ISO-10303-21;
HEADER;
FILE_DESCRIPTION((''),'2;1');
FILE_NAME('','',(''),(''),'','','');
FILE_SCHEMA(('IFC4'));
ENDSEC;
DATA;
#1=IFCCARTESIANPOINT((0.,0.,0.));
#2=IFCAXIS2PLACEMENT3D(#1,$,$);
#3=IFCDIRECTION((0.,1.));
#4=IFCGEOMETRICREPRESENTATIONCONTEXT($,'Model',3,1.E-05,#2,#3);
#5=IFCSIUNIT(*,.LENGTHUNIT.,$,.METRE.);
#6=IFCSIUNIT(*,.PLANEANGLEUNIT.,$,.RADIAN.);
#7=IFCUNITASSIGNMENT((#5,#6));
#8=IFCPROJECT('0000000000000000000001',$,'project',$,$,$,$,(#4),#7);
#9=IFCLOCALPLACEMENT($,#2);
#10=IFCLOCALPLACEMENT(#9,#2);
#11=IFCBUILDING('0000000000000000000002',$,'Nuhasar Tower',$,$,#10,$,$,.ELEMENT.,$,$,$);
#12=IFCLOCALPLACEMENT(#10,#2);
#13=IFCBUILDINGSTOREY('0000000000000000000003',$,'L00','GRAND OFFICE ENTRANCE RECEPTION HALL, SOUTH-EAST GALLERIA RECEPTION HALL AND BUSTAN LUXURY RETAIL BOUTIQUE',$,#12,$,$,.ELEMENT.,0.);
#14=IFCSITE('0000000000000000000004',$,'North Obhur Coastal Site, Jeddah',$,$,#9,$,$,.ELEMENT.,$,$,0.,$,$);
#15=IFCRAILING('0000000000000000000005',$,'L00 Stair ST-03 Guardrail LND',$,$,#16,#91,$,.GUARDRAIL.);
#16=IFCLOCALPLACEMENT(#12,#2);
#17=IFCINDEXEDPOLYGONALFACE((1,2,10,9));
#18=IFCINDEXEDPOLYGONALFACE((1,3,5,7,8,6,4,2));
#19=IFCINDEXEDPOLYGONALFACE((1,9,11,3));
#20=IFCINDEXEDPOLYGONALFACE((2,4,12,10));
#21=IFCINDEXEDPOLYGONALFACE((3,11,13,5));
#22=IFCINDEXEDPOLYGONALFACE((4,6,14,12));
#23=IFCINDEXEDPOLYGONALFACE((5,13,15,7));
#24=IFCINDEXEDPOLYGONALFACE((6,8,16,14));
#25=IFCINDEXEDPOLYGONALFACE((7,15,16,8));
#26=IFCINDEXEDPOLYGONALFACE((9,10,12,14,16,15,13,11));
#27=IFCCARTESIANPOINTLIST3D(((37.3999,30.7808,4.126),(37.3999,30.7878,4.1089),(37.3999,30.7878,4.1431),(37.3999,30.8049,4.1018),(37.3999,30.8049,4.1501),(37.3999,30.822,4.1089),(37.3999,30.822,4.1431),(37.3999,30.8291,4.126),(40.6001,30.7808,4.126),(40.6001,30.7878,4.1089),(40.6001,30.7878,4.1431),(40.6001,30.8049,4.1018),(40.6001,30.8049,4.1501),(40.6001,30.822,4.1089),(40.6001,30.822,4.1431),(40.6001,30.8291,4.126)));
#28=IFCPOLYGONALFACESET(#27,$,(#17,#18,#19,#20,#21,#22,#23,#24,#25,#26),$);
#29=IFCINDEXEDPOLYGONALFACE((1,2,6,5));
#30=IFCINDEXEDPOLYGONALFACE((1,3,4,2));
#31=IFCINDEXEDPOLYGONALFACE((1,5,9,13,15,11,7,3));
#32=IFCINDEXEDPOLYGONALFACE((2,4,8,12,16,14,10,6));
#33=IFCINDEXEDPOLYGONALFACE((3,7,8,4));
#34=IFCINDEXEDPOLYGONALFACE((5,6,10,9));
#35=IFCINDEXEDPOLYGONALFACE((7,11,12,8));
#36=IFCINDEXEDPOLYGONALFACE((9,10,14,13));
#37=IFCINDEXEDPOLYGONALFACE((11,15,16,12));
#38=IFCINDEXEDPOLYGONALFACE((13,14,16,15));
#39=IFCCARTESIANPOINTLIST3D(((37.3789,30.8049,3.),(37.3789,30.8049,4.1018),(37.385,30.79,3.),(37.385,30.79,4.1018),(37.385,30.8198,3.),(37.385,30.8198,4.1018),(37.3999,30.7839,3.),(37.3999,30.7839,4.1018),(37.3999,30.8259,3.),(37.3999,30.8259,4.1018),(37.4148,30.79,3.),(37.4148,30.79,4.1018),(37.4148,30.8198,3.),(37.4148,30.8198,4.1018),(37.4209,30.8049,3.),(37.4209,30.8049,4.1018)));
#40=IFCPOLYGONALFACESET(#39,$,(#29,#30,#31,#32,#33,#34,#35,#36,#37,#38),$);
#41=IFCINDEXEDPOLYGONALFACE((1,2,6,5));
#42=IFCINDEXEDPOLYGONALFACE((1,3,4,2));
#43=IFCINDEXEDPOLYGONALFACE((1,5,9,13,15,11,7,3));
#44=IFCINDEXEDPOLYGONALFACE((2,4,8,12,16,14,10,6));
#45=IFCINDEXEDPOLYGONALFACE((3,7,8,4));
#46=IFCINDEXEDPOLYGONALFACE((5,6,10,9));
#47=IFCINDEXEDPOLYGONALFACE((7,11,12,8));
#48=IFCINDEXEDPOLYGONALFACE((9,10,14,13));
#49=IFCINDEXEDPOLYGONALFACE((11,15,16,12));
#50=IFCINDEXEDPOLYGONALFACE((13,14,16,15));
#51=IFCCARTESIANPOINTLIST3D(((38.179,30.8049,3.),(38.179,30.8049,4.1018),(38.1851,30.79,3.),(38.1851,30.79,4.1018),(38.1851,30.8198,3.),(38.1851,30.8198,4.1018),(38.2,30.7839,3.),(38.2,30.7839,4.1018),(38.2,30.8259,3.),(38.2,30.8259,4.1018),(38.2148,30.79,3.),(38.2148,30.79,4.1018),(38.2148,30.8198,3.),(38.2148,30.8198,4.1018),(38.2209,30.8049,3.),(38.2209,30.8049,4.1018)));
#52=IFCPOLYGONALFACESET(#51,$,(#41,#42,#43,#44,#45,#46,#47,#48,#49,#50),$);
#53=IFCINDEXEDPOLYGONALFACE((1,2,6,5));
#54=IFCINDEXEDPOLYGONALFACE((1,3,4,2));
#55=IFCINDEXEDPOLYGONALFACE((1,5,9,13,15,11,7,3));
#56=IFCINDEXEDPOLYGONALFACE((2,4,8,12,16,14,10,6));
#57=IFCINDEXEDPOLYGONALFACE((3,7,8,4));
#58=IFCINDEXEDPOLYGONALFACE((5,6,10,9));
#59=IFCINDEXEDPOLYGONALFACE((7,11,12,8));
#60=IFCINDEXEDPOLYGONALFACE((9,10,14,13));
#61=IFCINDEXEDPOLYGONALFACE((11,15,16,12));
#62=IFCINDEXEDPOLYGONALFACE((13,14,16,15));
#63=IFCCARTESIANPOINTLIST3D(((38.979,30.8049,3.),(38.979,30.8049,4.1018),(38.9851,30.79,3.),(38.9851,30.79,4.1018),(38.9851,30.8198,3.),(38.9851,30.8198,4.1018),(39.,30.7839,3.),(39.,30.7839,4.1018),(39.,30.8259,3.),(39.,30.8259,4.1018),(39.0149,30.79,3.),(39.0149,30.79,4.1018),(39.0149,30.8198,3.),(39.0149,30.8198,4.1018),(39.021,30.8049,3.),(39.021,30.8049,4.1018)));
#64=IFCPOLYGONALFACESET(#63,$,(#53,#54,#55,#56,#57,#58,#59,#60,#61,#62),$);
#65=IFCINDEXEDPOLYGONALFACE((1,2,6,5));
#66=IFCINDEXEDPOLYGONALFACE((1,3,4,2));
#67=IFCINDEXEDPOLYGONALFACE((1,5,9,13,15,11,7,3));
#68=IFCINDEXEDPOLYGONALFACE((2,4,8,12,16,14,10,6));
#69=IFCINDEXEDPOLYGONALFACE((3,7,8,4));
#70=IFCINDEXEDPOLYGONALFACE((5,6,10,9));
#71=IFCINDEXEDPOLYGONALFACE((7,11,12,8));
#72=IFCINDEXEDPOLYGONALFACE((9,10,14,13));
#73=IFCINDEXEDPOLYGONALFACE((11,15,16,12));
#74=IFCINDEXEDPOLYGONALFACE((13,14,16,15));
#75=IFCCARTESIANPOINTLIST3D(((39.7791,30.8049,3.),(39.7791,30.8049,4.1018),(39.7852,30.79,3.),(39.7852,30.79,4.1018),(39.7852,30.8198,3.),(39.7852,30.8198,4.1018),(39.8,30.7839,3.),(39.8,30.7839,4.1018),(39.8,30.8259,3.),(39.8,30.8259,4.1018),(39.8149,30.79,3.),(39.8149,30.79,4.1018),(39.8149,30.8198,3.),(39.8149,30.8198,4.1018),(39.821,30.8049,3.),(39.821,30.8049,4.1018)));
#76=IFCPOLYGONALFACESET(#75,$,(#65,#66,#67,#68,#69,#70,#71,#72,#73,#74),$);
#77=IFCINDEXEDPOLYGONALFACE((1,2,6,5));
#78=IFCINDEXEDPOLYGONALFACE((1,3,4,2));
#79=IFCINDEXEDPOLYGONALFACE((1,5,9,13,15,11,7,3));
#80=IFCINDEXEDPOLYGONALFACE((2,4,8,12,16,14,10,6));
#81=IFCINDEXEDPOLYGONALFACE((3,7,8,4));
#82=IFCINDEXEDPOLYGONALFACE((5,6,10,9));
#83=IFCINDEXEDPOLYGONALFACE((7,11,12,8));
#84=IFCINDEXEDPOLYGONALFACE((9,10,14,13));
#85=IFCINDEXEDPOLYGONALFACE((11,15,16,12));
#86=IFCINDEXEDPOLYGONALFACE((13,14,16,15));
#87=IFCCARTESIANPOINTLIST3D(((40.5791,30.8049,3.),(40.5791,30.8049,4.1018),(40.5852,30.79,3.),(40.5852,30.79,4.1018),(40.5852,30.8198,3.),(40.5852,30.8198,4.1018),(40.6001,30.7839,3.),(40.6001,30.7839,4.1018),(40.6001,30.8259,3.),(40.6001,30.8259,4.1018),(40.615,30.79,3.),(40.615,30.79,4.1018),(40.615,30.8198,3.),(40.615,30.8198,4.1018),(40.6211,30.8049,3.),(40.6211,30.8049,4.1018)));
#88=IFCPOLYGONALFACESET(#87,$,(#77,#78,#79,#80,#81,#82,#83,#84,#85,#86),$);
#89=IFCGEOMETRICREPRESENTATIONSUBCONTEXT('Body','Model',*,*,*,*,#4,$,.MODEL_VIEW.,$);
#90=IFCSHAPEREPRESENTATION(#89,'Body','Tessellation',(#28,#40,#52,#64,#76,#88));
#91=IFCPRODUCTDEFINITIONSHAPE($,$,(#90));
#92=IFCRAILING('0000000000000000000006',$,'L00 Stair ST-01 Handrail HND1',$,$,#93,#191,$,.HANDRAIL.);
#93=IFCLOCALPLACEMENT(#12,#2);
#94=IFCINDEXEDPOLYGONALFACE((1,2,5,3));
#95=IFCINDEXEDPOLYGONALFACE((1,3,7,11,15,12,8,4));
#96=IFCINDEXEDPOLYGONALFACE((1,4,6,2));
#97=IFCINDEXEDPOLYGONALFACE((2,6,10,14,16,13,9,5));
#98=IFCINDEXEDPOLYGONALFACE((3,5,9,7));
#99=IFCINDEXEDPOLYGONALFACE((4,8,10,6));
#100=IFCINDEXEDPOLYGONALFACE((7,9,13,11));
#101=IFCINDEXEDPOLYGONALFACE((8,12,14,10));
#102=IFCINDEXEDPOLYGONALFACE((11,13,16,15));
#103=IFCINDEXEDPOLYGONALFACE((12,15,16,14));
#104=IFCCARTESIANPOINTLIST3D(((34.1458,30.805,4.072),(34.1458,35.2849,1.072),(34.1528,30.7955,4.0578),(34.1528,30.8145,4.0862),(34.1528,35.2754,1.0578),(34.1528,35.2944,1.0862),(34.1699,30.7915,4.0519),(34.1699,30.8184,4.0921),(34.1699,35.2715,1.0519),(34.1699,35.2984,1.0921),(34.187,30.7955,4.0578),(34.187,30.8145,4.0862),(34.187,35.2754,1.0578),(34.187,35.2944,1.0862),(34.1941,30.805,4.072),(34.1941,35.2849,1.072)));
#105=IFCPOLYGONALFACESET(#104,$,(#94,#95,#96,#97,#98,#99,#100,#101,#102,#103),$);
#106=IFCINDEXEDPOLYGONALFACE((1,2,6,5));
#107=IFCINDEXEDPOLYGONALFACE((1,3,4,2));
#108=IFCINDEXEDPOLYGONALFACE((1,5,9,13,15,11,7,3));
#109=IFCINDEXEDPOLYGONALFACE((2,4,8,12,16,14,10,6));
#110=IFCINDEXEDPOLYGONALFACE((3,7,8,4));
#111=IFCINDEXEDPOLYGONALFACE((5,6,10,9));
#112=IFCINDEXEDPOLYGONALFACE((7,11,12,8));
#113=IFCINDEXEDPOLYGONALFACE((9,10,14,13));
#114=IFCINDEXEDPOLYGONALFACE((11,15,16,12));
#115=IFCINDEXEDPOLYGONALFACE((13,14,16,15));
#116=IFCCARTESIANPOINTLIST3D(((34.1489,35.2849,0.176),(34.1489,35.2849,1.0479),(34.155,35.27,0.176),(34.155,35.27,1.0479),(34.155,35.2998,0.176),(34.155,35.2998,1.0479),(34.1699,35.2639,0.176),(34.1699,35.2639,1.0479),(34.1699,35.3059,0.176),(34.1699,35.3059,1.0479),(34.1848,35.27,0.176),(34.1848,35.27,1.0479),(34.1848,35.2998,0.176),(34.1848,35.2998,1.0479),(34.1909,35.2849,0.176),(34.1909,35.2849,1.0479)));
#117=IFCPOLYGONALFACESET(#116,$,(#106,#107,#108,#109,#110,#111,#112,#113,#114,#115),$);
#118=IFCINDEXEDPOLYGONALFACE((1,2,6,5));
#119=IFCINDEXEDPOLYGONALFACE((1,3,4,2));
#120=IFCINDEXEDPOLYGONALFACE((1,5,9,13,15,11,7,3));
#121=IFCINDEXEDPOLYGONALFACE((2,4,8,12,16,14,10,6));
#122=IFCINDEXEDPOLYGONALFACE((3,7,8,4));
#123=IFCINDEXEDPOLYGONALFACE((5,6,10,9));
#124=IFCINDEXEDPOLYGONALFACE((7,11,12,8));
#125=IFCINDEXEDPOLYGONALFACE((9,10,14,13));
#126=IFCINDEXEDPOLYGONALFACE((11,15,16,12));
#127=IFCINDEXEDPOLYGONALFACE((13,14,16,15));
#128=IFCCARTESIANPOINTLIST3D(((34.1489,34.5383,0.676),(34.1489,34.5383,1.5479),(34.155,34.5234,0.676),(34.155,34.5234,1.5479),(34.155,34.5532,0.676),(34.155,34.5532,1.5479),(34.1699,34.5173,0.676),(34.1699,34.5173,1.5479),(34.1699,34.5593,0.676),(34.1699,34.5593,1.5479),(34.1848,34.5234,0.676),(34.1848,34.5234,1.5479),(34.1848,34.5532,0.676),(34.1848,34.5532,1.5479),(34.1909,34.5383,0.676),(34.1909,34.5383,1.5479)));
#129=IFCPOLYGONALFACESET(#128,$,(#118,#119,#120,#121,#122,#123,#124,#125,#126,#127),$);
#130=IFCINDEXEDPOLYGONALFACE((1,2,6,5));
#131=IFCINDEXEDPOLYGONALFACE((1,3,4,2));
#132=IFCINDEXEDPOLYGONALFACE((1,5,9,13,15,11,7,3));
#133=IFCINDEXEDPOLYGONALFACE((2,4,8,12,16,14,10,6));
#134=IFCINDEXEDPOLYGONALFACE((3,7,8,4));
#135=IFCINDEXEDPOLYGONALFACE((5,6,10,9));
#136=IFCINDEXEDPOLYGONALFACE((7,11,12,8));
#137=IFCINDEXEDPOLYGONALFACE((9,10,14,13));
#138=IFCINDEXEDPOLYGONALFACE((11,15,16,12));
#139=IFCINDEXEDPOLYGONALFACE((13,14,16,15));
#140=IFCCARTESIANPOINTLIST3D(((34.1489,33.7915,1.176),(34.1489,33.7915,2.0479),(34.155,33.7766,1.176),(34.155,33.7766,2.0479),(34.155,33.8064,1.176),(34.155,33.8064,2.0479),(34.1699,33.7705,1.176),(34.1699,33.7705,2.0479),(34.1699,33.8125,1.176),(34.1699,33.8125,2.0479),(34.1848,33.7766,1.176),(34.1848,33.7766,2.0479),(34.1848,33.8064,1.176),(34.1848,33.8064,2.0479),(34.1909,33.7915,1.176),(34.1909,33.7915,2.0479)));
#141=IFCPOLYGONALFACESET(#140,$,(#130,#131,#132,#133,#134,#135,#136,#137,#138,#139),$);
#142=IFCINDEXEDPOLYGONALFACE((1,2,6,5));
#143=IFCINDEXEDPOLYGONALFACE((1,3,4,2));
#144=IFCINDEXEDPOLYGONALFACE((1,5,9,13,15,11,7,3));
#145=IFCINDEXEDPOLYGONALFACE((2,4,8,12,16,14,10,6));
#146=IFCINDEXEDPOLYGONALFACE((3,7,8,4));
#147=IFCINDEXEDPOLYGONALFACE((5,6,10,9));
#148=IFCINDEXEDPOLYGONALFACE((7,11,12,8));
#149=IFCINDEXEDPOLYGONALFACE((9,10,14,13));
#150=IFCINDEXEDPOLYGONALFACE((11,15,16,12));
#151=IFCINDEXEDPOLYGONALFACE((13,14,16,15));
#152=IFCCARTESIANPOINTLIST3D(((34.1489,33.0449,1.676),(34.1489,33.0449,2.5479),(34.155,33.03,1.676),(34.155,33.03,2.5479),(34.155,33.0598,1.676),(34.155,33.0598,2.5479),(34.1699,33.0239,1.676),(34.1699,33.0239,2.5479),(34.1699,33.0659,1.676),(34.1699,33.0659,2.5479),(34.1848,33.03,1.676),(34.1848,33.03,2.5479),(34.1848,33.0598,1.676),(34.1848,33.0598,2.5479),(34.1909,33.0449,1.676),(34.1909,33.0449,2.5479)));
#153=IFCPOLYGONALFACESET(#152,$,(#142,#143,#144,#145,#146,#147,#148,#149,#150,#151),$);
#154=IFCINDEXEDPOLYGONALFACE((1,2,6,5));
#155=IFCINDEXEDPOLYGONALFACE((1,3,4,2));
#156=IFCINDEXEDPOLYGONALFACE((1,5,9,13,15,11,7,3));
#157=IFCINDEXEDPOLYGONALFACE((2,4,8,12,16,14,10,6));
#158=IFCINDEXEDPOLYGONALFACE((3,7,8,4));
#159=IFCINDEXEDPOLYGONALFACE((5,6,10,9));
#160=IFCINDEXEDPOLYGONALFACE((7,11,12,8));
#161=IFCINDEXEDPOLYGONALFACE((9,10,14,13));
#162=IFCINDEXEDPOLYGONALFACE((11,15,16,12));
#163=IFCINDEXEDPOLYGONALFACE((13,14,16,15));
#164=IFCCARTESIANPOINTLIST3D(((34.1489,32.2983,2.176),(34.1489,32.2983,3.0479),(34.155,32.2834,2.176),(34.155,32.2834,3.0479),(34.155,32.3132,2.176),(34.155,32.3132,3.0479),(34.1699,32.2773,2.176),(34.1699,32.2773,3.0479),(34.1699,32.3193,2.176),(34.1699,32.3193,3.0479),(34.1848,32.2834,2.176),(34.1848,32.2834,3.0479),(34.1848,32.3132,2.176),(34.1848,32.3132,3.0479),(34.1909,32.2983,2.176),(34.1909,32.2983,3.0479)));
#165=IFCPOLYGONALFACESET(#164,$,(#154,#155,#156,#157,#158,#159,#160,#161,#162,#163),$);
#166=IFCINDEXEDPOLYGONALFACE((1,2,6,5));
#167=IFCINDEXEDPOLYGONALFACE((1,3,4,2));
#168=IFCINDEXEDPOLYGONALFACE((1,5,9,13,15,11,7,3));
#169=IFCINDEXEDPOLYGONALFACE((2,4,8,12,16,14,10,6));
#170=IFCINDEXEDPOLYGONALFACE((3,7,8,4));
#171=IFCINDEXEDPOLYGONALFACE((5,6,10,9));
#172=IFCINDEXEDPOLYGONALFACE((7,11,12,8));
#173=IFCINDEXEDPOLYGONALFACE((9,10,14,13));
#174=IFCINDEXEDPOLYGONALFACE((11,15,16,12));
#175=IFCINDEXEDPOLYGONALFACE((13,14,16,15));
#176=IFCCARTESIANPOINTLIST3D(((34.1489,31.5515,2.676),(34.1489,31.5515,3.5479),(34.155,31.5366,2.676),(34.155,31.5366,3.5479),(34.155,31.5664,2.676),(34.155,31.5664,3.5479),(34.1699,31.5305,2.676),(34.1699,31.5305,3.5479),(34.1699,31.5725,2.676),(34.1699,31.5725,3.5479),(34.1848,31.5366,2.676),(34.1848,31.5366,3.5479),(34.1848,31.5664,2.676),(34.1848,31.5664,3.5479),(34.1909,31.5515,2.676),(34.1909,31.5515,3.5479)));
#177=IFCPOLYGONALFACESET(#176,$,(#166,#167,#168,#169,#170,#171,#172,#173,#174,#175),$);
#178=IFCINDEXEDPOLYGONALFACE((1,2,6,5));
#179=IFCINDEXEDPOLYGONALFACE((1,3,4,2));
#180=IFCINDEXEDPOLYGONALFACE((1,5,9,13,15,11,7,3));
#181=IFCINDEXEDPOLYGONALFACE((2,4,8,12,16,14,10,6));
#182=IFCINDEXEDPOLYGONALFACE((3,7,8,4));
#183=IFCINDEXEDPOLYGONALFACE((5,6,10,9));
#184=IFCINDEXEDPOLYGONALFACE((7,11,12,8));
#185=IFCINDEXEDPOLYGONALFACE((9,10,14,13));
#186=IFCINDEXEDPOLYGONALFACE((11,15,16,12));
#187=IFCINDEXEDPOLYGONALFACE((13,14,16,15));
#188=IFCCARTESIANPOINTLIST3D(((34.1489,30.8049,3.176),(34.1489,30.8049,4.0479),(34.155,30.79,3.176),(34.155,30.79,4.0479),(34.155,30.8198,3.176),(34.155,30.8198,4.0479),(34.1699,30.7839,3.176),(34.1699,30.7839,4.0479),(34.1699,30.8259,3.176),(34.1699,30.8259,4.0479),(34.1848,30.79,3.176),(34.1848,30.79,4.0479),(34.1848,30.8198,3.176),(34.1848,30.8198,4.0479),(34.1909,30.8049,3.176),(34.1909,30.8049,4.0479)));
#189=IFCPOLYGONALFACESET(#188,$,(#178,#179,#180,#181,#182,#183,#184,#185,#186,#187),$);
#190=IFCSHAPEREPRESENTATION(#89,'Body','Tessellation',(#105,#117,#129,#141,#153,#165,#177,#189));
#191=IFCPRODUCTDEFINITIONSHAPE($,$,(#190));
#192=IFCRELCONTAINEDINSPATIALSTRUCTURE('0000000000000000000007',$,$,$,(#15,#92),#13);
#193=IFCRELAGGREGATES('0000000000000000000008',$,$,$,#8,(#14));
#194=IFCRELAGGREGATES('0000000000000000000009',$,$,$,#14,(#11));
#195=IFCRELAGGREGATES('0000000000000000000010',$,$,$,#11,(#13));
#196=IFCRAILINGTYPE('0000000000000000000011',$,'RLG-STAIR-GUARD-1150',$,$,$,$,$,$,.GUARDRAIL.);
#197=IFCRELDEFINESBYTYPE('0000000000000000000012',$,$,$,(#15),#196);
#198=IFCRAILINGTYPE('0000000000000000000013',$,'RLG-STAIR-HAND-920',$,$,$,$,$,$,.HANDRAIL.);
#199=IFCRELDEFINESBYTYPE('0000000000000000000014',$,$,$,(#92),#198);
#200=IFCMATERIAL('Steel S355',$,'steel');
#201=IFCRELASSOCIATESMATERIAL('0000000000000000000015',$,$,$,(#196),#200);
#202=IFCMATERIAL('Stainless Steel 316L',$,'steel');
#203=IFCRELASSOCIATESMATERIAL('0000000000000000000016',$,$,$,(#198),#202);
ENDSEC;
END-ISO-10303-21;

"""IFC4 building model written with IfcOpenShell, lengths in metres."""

from ifc_helpers import new_model, si_unit, direction, frame, origin, place, context, subcontext, project, spatial, polyline, outline, extrude, material, type_object, element, save


model = new_model("IFC4")

# Units and contexts
model_context = context("Model", 3, precision=1e-05, world=origin(), true_north=direction((0.0, 1.0)))
body_context = subcontext(model_context, "Body", "Model", "MODEL_VIEW")
ifc_project = project(units=[si_unit("LENGTHUNIT", "METRE"), si_unit("PLANEANGLEUNIT", "RADIAN")], contexts=[model_context])

# Site, building, storey
site_placement = place(None, origin())
site = spatial("IfcSite", under=ifc_project, at=site_placement, Name="North Obhur Coastal Site, Jeddah", CompositionType="ELEMENT", RefElevation=0.0)
building_placement = place(site_placement, origin())
building = spatial("IfcBuilding", under=site, at=building_placement, Name="Nuhasar Tower", CompositionType="ELEMENT")
storey_placement = place(building_placement, origin())
storey = spatial("IfcBuildingStorey", under=building, at=storey_placement, Name="L00", Description="GRAND OFFICE ENTRANCE RECEPTION HALL, SOUTH-EAST GALLERIA RECEPTION HALL AND BUSTAN LUXURY RETAIL BOUTIQUE", CompositionType="ELEMENT", Elevation=0.0)

# Shared definitions
ifc_material_1 = material(Name="Steel S355", Category="steel")

# Railings
railing_type_1 = type_object("IfcRailingType", Name="RLG-STAIR-GUARD-1150", PredefinedType="GUARDRAIL", material=ifc_material_1)
railing_1_placement = place(storey_placement, frame((37.3999, 30.8049, 3.0)))
element("IfcRailing", 1, at=railing_1_placement, inside=storey, type_object=railing_type_1, Name="L00 Stair ST-03 Guardrail LND", PredefinedType="GUARDRAIL", context=body_context, shape_type="SweptSolid", body=[
    extrude(outline(polyline([(0.0242, 0.0), (0.0171, 0.0171), (0.0, 0.0242), (-0.0171, 0.0171), (-0.0242, 0.0), (-0.0171, -0.0171), (0.0, -0.0242), (0.0171, -0.0171), (0.0242, 0.0)])), frame((0.0, 0.0, 1.126), z_axis=(1.0, 0.0, 0.0), x_axis=(0.0, 1.0, 0.0)), (0.0, 0.0, 1.0), 3.2002),
    extrude(outline(polyline([(0.021, 0.0), (0.0149, 0.0149), (0.0, 0.021), (-0.0149, 0.0149), (-0.021, 0.0), (-0.0149, -0.0149), (0.0, -0.021), (0.0149, -0.0149), (0.021, 0.0)])), origin(), (0.0, 0.0, 1.0), 1.1018),
    extrude(outline(polyline([(0.021, 0.0), (0.0149, 0.0149), (0.0, 0.021), (-0.0149, 0.0149), (-0.021, 0.0), (-0.0149, -0.0149), (0.0, -0.021), (0.0149, -0.0149), (0.021, 0.0)])), frame((0.8, 0.0, 0.0)), (0.0, 0.0, 1.0), 1.1018),
    extrude(outline(polyline([(0.021, 0.0), (0.0149, 0.0149), (0.0, 0.021), (-0.0149, 0.0149), (-0.021, 0.0), (-0.0149, -0.0149), (0.0, -0.021), (0.0149, -0.0149), (0.021, 0.0)])), frame((1.6001, 0.0, 0.0)), (0.0, 0.0, 1.0), 1.1018),
    extrude(outline(polyline([(0.021, 0.0), (0.0149, 0.0149), (0.0, 0.021), (-0.0149, 0.0149), (-0.021, 0.0), (-0.0149, -0.0149), (0.0, -0.021), (0.0149, -0.0149), (0.021, 0.0)])), frame((2.4001, 0.0, 0.0)), (0.0, 0.0, 1.0), 1.1018),
    extrude(outline(polyline([(0.021, 0.0), (0.0149, 0.0149), (0.0, 0.021), (-0.0149, 0.0149), (-0.021, 0.0), (-0.0149, -0.0149), (0.0, -0.021), (0.0149, -0.0149), (0.021, 0.0)])), frame((3.2002, 0.0, 0.0)), (0.0, 0.0, 1.0), 1.1018),
])
ifc_material_2 = material(Name="Stainless Steel 316L", Category="steel")
railing_type_2 = type_object("IfcRailingType", Name="RLG-STAIR-HAND-920", PredefinedType="HANDRAIL", material=ifc_material_2)
railing_2_placement = place(storey_placement, frame((34.1699, 35.2849, 0.176)))
element("IfcRailing", 2, at=railing_2_placement, inside=storey, type_object=railing_type_2, Name="L00 Stair ST-01 Handrail HND1", PredefinedType="HANDRAIL", context=body_context, shape_type="SweptSolid", body=[
    extrude(outline(polyline([(0.0242, 0.0), (0.0171, 0.0171), (0.0, 0.0242), (-0.0171, 0.0171), (-0.0242, 0.0), (-0.0171, -0.0171), (0.0, -0.0242), (0.0171, -0.0171), (0.0242, 0.0)])), frame((0.0, 0.0, 0.896), z_axis=(0.0, -0.830906, 0.556413), x_axis=(1.0, 0.0, 0.0)), (0.0, 0.0, 1.0), 5.3916),
    extrude(outline(polyline([(0.021, 0.0), (0.0149, 0.0149), (0.0, 0.021), (-0.0149, 0.0149), (-0.021, 0.0), (-0.0149, -0.0149), (0.0, -0.021), (0.0149, -0.0149), (0.021, 0.0)])), origin(), (0.0, 0.0, 1.0), 0.8718),
    extrude(outline(polyline([(0.021, 0.0), (0.0149, 0.0149), (0.0, 0.021), (-0.0149, 0.0149), (-0.021, 0.0), (-0.0149, -0.0149), (0.0, -0.021), (0.0149, -0.0149), (0.021, 0.0)])), frame((0.0, -0.7466, 0.5)), (0.0, 0.0, 1.0), 0.8718),
    extrude(outline(polyline([(0.021, 0.0), (0.0149, 0.0149), (0.0, 0.021), (-0.0149, 0.0149), (-0.021, 0.0), (-0.0149, -0.0149), (0.0, -0.021), (0.0149, -0.0149), (0.021, 0.0)])), frame((0.0, -1.4934, 1.0)), (0.0, 0.0, 1.0), 0.8718),
    extrude(outline(polyline([(0.021, 0.0), (0.0149, 0.0149), (0.0, 0.021), (-0.0149, 0.0149), (-0.021, 0.0), (-0.0149, -0.0149), (0.0, -0.021), (0.0149, -0.0149), (0.021, 0.0)])), frame((0.0, -2.24, 1.5)), (0.0, 0.0, 1.0), 0.8718),
    extrude(outline(polyline([(0.021, 0.0), (0.0149, 0.0149), (0.0, 0.021), (-0.0149, 0.0149), (-0.021, 0.0), (-0.0149, -0.0149), (0.0, -0.021), (0.0149, -0.0149), (0.021, 0.0)])), frame((0.0, -2.9866, 2.0)), (0.0, 0.0, 1.0), 0.8718),
    extrude(outline(polyline([(0.021, 0.0), (0.0149, 0.0149), (0.0, 0.021), (-0.0149, 0.0149), (-0.021, 0.0), (-0.0149, -0.0149), (0.0, -0.021), (0.0149, -0.0149), (0.021, 0.0)])), frame((0.0, -3.7334, 2.5)), (0.0, 0.0, 1.0), 0.8718),
    extrude(outline(polyline([(0.021, 0.0), (0.0149, 0.0149), (0.0, 0.021), (-0.0149, 0.0149), (-0.021, 0.0), (-0.0149, -0.0149), (0.0, -0.021), (0.0149, -0.0149), (0.021, 0.0)])), frame((0.0, -4.48, 3.0)), (0.0, 0.0, 1.0), 0.8718),
])

save(model, "model.ifc")
